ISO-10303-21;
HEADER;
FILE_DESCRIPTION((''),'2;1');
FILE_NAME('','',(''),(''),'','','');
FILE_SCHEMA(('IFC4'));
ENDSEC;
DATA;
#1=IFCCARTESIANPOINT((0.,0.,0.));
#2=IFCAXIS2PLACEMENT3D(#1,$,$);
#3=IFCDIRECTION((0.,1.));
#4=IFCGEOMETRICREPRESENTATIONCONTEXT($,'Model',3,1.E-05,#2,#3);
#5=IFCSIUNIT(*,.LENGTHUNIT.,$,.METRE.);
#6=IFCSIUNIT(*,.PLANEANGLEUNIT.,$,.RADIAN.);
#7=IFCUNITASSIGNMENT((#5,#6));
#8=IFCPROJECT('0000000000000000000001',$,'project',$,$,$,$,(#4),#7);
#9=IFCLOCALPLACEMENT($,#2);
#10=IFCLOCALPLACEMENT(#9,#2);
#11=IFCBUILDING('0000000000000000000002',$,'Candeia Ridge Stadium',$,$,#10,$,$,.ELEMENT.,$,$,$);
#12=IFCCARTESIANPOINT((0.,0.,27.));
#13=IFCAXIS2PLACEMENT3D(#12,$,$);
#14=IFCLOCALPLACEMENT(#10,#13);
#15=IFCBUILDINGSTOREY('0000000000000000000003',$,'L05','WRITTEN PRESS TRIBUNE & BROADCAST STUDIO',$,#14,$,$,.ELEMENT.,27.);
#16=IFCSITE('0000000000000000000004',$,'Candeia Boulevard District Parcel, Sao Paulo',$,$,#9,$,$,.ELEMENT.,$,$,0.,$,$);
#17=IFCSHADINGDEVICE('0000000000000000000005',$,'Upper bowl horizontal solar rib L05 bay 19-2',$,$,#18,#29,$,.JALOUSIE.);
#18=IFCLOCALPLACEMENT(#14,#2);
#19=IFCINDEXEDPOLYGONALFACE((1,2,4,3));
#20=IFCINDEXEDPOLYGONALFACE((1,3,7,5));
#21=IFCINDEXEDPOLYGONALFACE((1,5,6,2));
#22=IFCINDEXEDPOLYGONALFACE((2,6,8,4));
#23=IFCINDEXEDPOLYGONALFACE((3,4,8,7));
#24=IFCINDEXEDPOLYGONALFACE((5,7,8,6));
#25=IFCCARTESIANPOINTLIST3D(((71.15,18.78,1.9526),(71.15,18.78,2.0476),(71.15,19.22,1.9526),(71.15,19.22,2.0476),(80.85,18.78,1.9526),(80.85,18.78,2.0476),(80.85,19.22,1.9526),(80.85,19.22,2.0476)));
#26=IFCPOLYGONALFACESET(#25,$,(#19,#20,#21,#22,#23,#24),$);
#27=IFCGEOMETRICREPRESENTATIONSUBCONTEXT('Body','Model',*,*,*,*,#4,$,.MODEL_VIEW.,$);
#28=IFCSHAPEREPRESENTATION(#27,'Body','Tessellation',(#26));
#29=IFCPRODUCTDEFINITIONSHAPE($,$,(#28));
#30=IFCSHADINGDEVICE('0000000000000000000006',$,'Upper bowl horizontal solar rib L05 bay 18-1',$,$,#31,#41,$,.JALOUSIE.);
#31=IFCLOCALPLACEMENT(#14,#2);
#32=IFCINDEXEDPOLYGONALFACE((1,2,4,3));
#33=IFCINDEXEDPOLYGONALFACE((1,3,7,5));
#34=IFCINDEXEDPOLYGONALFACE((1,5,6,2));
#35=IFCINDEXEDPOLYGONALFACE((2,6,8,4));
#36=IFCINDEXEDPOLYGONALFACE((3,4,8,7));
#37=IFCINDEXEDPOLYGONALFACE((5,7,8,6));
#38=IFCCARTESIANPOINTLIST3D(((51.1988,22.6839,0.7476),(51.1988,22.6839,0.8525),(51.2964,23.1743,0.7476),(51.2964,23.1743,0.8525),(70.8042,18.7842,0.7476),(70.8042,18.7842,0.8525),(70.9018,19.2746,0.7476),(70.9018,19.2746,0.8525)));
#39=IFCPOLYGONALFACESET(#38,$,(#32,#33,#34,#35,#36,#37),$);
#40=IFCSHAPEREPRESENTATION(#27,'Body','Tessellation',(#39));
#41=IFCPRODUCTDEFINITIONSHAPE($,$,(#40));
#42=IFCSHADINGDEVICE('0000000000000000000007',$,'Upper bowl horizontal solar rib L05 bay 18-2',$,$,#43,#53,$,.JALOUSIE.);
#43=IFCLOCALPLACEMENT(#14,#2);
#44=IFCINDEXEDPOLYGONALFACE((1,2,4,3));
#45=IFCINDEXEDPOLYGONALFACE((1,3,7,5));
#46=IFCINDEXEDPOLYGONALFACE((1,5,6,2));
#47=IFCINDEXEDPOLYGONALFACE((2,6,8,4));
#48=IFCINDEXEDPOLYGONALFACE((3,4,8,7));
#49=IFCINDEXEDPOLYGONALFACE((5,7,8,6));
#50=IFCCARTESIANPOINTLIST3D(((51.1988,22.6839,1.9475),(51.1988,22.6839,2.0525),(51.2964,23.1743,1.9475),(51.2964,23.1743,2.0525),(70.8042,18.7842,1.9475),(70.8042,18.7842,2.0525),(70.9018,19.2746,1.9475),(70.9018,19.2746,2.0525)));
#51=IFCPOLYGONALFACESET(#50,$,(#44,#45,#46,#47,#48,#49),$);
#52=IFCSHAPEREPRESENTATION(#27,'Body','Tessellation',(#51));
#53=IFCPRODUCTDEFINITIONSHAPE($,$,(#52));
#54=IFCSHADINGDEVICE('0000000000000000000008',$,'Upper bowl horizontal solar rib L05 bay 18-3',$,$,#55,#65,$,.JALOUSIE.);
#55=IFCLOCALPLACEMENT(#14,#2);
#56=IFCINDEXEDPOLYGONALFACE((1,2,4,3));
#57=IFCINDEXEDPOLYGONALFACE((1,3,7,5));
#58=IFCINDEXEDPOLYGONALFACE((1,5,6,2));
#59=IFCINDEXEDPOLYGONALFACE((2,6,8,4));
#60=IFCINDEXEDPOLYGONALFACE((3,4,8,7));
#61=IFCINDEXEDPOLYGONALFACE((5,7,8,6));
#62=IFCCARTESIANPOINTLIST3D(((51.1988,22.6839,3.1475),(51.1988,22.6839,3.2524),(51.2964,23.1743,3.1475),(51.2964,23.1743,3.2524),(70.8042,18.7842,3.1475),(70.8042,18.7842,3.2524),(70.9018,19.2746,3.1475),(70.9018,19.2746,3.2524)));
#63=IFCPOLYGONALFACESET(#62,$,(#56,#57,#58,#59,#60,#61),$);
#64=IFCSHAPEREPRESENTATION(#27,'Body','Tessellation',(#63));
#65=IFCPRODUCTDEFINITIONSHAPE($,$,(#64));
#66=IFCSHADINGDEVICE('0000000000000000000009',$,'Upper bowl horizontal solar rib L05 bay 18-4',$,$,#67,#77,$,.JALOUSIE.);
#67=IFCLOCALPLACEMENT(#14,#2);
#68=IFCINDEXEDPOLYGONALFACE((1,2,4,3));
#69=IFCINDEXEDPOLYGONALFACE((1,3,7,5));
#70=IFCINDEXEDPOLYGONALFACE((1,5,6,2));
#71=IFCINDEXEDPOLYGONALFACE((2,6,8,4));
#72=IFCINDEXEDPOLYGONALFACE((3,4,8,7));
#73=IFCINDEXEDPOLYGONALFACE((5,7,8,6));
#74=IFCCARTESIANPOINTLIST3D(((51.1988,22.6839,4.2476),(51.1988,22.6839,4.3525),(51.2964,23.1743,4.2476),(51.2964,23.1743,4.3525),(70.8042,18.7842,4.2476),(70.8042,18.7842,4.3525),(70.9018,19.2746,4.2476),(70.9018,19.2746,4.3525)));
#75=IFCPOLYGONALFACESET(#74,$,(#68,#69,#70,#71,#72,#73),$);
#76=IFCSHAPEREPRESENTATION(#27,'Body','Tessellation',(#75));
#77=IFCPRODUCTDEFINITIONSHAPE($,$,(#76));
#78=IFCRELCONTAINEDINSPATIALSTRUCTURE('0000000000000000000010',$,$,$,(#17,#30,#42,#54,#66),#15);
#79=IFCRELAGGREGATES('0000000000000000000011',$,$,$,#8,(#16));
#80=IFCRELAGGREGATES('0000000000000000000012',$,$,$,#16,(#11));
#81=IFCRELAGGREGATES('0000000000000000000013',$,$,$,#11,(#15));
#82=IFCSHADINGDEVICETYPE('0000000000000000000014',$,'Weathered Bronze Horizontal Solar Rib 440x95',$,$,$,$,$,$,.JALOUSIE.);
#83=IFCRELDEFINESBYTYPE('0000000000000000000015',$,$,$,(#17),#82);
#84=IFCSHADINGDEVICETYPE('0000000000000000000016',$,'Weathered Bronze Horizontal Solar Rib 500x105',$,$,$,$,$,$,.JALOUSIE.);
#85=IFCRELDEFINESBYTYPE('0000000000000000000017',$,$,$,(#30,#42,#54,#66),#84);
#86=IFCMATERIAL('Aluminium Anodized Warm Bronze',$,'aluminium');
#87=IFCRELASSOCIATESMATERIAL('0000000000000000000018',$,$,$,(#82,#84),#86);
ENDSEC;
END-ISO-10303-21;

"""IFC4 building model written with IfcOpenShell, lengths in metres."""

from ifc_helpers import new_model, si_unit, direction, frame, origin, origin_2d, place, context, subcontext, project, spatial, rectangle, extrude, material, type_object, element, save


model = new_model("IFC4")

# Units and contexts
model_context = context("Model", 3, precision=1e-05, world=origin(), true_north=direction((0.0, 1.0)))
body_context = subcontext(model_context, "Body", "Model", "MODEL_VIEW")
ifc_project = project(units=[si_unit("LENGTHUNIT", "METRE"), si_unit("PLANEANGLEUNIT", "RADIAN")], contexts=[model_context])

# Site, building, storey
site_placement = place(None, origin())
site = spatial("IfcSite", under=ifc_project, at=site_placement, Name="Candeia Boulevard District Parcel, Sao Paulo", CompositionType="ELEMENT", RefElevation=0.0)
building_placement = place(site_placement, origin())
building = spatial("IfcBuilding", under=site, at=building_placement, Name="Candeia Ridge Stadium", CompositionType="ELEMENT")
storey_placement = place(building_placement, frame((0.0, 0.0, 27.0)))
storey = spatial("IfcBuildingStorey", under=building, at=storey_placement, Name="L05", Description="WRITTEN PRESS TRIBUNE & BROADCAST STUDIO", CompositionType="ELEMENT", Elevation=27.0)

# Shading devices
ifc_material_1 = material(Name="Aluminium Anodized Warm Bronze", Category="aluminium")
shading_device_type_1 = type_object("IfcShadingDeviceType", Name="Weathered Bronze Horizontal Solar Rib 440x95", PredefinedType="JALOUSIE", material=ifc_material_1)
for number, where, z_axis, x_axis, name in (
    (1, (76.0, 19.0, 1.9526), (0.0, 0.0, 1.0), (1.0, 0.0, 0.0), "Upper bowl horizontal solar rib L05 bay 19-2"),
):
    element("IfcShadingDevice", number, at=place(storey_placement, frame(where, z_axis=z_axis, x_axis=x_axis)), inside=storey, type_object=shading_device_type_1, Name=name, PredefinedType="JALOUSIE", context=body_context, shape_type="SweptSolid", body=[
        extrude(rectangle(XDim=9.7, YDim=0.4399, at=origin_2d()), origin(), (0.0, 0.0, 1.0), 0.095),
    ])
shading_device_type_2 = type_object("IfcShadingDeviceType", Name="Weathered Bronze Horizontal Solar Rib 500x105", PredefinedType="JALOUSIE", material=ifc_material_1)
for number, where, z_axis, x_axis, name in (
    (2, (61.0503, 20.9792, 0.7476), (0.0, 0.0, 1.0), (0.980785, -0.19509, 0.0), "Upper bowl horizontal solar rib L05 bay 18-1"),
    (3, (61.0503, 20.9792, 1.9475), (0.0, 0.0, 1.0), (0.980785, -0.19509, 0.0), "Upper bowl horizontal solar rib L05 bay 18-2"),
    (4, (61.0503, 20.9792, 3.1475), (0.0, 0.0, 1.0), (0.980785, -0.19509, 0.0), "Upper bowl horizontal solar rib L05 bay 18-3"),
    (5, (61.0503, 20.9792, 4.2476), (0.0, 0.0, 1.0), (0.980785, -0.19509, 0.0), "Upper bowl horizontal solar rib L05 bay 18-4"),
):
    element("IfcShadingDevice", number, at=place(storey_placement, frame(where, z_axis=z_axis, x_axis=x_axis)), inside=storey, type_object=shading_device_type_2, Name=name, PredefinedType="JALOUSIE", context=body_context, shape_type="SweptSolid", body=[
        extrude(rectangle(XDim=19.9895, YDim=0.5, at=origin_2d()), origin(), (0.0, 0.0, 1.0), 0.105),
    ])

save(model, "model.ifc")
